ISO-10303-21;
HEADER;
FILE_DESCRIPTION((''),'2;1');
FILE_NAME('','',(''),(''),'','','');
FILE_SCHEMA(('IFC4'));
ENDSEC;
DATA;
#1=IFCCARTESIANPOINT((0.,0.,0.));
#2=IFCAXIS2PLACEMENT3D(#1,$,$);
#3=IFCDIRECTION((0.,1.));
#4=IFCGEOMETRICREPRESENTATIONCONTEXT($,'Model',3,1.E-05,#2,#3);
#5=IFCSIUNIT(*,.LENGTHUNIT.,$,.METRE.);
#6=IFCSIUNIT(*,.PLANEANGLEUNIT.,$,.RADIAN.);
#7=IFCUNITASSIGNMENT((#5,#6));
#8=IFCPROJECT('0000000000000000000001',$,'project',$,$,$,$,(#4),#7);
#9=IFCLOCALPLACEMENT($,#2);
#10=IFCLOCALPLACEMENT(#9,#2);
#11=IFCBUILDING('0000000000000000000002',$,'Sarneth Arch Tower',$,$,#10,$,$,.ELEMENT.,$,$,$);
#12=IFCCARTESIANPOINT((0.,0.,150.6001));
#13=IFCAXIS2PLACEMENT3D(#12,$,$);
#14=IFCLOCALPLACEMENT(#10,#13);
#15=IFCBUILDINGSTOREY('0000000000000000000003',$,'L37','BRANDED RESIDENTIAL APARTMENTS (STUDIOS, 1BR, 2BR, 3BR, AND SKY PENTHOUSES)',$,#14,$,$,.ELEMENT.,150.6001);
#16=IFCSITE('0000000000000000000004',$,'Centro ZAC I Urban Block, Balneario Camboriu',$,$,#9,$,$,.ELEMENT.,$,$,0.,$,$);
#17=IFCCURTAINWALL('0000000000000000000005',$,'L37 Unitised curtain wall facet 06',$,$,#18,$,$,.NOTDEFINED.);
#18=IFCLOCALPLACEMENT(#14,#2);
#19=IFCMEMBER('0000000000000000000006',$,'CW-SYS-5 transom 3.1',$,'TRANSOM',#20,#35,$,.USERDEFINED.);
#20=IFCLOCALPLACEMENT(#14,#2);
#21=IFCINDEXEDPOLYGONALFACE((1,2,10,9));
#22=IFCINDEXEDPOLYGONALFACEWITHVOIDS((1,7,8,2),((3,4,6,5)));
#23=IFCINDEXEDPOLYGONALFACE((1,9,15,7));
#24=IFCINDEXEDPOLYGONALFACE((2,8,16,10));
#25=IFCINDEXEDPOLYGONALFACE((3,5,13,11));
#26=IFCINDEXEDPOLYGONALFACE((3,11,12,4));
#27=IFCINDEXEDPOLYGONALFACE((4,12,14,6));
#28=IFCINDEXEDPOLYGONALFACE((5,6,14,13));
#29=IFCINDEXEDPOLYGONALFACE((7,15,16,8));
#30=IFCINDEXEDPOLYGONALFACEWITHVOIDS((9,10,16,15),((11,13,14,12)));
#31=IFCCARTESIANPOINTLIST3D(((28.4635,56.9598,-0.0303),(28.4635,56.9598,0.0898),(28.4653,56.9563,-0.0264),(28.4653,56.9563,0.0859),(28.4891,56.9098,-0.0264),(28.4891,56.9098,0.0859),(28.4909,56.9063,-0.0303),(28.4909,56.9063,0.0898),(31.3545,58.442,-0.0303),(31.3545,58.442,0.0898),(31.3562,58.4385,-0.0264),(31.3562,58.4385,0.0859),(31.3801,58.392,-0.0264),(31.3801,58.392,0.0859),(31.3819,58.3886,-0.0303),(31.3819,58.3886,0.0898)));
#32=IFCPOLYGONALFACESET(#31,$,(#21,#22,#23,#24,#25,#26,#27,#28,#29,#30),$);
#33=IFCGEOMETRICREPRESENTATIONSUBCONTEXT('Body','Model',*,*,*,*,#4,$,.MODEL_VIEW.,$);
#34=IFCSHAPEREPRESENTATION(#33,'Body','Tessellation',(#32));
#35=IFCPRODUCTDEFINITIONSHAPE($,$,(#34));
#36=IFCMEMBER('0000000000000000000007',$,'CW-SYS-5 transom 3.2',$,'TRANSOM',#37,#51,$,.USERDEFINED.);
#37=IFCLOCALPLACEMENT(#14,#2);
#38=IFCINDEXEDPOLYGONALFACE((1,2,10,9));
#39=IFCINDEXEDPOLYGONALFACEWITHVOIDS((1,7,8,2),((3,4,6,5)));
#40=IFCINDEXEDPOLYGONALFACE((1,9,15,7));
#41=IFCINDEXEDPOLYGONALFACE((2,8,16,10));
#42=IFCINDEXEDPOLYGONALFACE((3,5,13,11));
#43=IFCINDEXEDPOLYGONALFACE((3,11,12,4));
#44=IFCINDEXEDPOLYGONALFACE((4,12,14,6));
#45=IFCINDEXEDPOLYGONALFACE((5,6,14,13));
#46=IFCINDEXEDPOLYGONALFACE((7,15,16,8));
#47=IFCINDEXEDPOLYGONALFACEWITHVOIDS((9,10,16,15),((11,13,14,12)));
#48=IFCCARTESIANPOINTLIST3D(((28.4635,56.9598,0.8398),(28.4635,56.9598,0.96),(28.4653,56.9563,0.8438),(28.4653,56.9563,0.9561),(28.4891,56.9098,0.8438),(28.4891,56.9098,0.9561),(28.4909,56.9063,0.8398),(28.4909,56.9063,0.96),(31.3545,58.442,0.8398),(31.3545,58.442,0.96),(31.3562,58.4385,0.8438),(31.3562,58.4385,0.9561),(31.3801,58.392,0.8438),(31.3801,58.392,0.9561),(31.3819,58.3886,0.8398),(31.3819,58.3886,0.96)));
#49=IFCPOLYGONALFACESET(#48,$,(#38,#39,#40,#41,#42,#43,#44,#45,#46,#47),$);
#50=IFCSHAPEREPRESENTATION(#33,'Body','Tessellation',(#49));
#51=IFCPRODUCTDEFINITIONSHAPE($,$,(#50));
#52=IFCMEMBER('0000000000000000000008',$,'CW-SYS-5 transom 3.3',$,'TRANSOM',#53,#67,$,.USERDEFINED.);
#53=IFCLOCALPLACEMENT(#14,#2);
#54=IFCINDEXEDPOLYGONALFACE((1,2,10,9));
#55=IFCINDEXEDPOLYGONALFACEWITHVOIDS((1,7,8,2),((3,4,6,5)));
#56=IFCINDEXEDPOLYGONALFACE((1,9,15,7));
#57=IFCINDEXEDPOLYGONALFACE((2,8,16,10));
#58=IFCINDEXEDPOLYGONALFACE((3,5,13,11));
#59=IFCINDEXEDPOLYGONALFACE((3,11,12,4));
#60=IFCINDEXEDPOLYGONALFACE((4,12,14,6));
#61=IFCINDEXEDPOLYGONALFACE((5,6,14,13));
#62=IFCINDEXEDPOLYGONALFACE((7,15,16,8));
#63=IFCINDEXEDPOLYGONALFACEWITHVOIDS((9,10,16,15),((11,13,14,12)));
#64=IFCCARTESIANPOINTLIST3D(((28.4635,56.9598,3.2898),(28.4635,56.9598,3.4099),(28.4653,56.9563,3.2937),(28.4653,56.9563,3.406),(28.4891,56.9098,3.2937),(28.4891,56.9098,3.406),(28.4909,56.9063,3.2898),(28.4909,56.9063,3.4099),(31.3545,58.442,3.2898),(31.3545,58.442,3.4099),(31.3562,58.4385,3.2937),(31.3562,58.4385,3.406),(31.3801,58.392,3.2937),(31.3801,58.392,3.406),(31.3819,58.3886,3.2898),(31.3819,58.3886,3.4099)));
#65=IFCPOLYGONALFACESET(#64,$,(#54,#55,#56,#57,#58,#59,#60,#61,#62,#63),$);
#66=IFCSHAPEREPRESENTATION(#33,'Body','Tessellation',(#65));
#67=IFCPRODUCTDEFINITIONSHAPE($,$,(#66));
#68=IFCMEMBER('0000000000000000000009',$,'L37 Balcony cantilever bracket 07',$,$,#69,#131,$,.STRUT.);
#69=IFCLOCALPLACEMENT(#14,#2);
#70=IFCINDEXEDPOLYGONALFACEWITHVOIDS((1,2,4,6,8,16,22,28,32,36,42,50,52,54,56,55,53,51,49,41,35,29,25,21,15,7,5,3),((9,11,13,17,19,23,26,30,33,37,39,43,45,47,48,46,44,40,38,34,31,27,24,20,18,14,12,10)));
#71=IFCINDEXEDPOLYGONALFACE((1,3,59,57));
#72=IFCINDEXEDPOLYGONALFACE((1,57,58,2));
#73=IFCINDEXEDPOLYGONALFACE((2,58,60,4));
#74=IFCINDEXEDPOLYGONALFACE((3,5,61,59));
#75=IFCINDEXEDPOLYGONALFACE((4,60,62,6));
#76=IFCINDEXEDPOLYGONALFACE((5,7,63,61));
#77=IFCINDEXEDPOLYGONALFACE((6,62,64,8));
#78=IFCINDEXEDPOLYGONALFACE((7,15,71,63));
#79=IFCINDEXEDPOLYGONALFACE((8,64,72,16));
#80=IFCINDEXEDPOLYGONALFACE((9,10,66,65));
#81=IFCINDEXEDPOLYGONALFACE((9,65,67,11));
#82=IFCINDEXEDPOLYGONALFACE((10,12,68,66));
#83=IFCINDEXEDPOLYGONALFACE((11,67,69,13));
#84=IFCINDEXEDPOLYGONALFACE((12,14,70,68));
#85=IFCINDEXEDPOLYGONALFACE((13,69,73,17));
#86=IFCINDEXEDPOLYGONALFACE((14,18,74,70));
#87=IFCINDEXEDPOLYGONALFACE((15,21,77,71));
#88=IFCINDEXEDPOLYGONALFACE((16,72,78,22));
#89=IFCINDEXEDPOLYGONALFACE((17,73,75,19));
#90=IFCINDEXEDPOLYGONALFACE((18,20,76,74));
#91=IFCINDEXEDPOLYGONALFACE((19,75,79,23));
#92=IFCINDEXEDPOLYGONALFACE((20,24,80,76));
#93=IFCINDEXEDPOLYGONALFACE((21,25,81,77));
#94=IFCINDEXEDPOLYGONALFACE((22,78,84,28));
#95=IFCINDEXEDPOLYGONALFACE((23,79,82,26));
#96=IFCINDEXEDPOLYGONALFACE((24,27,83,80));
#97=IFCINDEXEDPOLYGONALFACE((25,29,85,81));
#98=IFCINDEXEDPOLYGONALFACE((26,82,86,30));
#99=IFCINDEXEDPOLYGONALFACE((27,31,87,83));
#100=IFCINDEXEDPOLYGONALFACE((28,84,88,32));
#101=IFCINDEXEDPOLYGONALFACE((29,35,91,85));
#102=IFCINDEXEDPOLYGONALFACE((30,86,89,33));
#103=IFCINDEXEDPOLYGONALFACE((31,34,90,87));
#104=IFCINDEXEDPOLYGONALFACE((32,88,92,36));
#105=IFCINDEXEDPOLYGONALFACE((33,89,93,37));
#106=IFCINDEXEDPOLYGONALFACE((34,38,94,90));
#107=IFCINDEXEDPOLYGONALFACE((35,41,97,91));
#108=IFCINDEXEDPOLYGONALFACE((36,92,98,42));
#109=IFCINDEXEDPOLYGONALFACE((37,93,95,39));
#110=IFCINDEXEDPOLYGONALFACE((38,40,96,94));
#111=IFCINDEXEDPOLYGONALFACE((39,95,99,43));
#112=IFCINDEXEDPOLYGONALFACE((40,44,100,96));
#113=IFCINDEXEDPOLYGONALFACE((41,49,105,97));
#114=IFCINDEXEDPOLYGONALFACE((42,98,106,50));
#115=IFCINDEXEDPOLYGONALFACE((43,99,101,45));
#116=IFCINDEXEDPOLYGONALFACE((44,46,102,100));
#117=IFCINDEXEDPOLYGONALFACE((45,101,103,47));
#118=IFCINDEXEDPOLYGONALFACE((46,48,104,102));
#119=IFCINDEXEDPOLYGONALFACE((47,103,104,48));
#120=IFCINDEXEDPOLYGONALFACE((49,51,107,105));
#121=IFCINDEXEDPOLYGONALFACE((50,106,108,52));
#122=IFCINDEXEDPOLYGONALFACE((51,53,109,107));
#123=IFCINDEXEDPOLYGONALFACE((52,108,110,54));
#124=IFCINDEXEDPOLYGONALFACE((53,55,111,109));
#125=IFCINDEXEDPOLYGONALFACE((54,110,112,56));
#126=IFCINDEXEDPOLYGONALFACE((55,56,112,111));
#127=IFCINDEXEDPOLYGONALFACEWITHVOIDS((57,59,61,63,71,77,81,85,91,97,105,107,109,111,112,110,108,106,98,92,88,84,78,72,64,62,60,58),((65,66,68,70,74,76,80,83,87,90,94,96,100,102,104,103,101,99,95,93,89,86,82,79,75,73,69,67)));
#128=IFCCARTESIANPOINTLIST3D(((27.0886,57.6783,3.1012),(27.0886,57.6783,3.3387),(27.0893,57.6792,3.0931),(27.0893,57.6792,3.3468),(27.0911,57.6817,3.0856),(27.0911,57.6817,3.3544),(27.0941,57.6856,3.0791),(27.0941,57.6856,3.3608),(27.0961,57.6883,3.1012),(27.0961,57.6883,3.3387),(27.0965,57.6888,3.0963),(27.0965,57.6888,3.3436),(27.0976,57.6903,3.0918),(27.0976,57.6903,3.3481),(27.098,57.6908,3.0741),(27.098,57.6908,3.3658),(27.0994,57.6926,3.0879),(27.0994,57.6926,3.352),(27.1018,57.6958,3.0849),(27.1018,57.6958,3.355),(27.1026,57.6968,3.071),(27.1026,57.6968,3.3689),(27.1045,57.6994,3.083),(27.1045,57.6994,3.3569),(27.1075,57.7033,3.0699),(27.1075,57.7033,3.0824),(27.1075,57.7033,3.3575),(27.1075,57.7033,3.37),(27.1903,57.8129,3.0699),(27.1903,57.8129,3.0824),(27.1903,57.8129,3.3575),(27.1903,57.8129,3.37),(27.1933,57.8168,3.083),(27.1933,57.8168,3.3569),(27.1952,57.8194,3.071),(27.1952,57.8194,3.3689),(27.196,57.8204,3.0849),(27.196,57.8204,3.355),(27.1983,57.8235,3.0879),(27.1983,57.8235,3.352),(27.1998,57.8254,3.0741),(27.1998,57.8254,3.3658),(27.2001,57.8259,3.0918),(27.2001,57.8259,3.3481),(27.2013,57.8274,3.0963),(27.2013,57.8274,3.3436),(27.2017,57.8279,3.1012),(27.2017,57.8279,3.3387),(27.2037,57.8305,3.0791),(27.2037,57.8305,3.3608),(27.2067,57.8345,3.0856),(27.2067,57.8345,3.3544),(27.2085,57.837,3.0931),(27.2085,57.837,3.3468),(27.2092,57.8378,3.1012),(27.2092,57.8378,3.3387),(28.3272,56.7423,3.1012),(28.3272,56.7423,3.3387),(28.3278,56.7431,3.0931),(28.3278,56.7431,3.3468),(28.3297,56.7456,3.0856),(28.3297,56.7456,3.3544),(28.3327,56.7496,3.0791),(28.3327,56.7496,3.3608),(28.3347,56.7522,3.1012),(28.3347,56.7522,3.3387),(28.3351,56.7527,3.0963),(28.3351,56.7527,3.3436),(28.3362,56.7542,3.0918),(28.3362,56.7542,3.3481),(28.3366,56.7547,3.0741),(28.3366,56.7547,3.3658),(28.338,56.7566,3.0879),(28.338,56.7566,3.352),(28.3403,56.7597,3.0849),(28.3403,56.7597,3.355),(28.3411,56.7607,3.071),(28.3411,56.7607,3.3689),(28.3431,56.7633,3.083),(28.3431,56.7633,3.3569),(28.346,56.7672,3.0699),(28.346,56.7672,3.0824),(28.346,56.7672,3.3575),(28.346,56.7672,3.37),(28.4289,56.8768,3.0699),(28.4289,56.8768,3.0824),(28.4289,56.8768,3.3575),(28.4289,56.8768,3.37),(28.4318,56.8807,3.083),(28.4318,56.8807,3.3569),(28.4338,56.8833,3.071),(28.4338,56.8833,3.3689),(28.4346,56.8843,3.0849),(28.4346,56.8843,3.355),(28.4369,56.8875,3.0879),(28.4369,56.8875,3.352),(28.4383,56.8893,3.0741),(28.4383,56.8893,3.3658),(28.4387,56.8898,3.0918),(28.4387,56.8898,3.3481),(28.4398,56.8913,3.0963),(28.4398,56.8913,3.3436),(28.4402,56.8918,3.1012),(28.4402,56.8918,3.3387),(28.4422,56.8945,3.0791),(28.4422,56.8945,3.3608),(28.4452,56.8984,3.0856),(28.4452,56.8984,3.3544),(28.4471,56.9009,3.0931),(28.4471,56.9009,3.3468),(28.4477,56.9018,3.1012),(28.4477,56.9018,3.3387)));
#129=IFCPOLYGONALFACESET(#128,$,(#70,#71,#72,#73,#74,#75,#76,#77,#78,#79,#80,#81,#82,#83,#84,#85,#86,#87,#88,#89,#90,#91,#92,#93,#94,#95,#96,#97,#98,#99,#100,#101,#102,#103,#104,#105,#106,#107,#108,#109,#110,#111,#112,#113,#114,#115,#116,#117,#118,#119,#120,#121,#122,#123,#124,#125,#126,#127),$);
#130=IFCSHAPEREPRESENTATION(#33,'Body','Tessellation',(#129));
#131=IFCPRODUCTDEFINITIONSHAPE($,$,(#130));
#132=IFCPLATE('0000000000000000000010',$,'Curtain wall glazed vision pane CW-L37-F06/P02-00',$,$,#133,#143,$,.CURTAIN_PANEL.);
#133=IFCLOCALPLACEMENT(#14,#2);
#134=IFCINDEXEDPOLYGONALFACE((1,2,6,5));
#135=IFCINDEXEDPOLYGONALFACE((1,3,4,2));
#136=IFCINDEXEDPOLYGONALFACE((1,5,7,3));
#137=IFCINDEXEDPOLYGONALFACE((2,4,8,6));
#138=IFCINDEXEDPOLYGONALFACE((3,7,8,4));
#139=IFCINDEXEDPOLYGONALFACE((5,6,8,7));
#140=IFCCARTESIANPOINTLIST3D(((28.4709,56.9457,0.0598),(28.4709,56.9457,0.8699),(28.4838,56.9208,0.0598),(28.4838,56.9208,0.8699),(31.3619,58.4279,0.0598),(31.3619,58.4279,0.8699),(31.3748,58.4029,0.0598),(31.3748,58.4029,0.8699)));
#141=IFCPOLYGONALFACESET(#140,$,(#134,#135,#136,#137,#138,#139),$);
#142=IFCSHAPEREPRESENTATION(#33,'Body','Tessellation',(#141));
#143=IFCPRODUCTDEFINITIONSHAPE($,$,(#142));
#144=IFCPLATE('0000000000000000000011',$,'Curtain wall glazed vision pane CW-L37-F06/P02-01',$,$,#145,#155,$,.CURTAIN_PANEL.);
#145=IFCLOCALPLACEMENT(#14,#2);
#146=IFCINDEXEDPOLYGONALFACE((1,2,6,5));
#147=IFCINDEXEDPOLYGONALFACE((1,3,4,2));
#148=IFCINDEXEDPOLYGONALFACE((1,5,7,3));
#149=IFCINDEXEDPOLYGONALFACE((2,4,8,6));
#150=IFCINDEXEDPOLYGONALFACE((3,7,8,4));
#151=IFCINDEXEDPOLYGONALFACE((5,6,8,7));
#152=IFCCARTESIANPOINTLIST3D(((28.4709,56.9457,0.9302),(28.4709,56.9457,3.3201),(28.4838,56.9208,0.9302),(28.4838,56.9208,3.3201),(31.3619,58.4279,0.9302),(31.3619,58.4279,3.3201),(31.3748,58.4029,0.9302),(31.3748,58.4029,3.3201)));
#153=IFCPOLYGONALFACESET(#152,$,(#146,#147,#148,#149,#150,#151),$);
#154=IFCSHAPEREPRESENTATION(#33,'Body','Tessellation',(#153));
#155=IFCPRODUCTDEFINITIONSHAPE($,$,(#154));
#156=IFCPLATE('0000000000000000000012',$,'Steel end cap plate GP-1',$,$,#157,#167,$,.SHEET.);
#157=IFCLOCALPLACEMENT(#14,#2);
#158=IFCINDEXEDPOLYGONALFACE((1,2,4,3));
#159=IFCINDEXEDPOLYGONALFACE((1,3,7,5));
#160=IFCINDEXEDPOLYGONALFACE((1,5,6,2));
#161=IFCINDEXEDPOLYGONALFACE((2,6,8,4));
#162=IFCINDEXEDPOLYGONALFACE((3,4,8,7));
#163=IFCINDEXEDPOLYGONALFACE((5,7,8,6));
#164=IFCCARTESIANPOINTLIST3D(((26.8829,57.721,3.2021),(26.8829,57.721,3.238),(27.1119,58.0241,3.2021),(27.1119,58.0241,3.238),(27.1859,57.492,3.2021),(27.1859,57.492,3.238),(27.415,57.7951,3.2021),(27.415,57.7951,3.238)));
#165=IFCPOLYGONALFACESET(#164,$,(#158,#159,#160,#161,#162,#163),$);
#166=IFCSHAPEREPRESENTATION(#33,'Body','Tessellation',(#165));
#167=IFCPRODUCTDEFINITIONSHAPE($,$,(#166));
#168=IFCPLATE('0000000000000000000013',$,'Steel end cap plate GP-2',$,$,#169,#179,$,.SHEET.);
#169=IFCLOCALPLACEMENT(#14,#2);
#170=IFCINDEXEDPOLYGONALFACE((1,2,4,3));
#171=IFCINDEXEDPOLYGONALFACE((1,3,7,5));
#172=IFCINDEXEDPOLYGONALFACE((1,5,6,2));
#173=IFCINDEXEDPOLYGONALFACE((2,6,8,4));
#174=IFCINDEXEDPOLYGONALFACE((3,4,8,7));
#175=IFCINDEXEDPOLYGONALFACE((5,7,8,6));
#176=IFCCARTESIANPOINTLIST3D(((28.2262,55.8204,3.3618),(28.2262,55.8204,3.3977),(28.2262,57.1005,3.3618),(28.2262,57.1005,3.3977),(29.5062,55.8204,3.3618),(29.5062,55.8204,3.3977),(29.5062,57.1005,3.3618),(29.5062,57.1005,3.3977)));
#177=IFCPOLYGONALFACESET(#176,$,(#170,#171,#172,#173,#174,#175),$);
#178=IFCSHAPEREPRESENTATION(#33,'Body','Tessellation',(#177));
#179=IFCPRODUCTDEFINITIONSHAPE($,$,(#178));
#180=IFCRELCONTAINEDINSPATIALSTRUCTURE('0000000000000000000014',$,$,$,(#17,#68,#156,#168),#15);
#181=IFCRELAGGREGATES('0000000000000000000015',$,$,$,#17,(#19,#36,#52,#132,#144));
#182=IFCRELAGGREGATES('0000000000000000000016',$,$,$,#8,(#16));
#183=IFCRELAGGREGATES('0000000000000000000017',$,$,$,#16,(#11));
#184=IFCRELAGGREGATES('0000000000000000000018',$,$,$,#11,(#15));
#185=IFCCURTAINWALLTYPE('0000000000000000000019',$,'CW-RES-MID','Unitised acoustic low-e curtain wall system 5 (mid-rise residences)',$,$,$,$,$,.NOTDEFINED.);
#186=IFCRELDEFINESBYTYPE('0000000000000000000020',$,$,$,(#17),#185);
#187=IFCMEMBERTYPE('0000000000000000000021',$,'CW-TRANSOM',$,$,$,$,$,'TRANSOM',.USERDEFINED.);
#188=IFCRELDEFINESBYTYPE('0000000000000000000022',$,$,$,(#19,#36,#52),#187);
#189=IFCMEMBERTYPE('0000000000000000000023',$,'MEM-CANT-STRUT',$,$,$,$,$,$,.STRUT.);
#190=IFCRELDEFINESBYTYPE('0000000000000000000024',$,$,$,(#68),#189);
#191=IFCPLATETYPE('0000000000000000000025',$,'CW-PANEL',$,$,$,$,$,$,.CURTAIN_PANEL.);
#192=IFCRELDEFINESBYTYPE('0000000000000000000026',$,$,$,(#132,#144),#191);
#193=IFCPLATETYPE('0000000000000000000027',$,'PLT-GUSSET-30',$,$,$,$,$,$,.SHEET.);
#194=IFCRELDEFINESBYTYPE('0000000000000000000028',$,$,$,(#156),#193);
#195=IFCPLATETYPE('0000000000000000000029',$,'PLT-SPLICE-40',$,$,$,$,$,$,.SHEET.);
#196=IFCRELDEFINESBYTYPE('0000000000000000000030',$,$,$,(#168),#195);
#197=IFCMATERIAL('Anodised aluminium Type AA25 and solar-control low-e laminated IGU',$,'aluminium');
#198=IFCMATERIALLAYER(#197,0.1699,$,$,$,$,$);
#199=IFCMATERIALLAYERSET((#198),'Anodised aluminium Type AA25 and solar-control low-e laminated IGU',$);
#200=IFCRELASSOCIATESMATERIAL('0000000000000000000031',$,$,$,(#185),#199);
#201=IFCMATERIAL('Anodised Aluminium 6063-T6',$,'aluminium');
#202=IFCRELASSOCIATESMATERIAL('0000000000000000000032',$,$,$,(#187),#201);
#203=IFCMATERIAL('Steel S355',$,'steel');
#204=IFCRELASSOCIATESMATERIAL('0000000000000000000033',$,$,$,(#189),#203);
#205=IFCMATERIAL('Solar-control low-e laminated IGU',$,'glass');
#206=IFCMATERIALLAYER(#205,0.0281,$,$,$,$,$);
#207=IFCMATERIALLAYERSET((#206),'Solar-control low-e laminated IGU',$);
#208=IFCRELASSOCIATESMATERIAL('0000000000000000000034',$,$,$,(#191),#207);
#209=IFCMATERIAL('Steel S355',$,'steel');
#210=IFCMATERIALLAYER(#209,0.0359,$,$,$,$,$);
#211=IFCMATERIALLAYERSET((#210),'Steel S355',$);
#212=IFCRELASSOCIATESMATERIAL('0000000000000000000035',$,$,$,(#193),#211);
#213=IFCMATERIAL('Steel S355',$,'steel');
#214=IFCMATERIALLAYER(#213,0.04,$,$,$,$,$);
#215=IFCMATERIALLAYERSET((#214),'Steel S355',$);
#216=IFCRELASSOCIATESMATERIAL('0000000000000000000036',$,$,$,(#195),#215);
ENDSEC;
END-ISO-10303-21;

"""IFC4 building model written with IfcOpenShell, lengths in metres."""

from ifc_helpers import new_model, si_unit, direction, frame, origin, origin_2d, place, context, subcontext, project, spatial, rectangle, hollow_rectangle, extrude, material, layer, layer_set, material_profile, profile_set, type_object, element, aggregate, save


model = new_model("IFC4")

# Units and contexts
model_context = context("Model", 3, precision=1e-05, world=origin(), true_north=direction((0.0, 1.0)))
body_context = subcontext(model_context, "Body", "Model", "MODEL_VIEW")
ifc_project = project(units=[si_unit("LENGTHUNIT", "METRE"), si_unit("PLANEANGLEUNIT", "RADIAN")], contexts=[model_context])

# Site, building, storey
site_placement = place(None, origin())
site = spatial("IfcSite", under=ifc_project, at=site_placement, Name="Centro ZAC I Urban Block, Balneario Camboriu", CompositionType="ELEMENT", RefElevation=0.0)
building_placement = place(site_placement, origin())
building = spatial("IfcBuilding", under=site, at=building_placement, Name="Sarneth Arch Tower", CompositionType="ELEMENT")
storey_placement = place(building_placement, frame((0.0, 0.0, 150.6001)))
storey = spatial("IfcBuildingStorey", under=building, at=storey_placement, Name="L37", Description="BRANDED RESIDENTIAL APARTMENTS (STUDIOS, 1BR, 2BR, 3BR, AND SKY PENTHOUSES)", CompositionType="ELEMENT", Elevation=150.6001)

# Curtain wall, members
ifc_material_1 = material(Name="Anodised aluminium Type AA25 and solar-control low-e laminated IGU", Category="aluminium")
ifc_layer_1 = layer(ifc_material_1, 0.1699)
ifc_layer_set_1 = layer_set([ifc_layer_1], Name="Anodised aluminium Type AA25 and solar-control low-e laminated IGU")
curtain_wall_type = type_object("IfcCurtainWallType", Name="CW-RES-MID", Description="Unitised acoustic low-e curtain wall system 5 (mid-rise residences)", PredefinedType="NOTDEFINED", material=ifc_layer_set_1)
curtain_wall_placement = place(storey_placement, origin())
curtain_wall = element("IfcCurtainWall", 1, at=curtain_wall_placement, inside=storey, type_object=curtain_wall_type, Name="L37 Unitised curtain wall facet 06", PredefinedType="NOTDEFINED")
ifc_material_2 = material(Name="Anodised Aluminium 6063-T6", Category="aluminium")
ifc_material_profile_1 = material_profile(ifc_material_2, hollow_rectangle(XDim=0.0601, YDim=0.1201, WallThickness=0.0039, at=origin_2d()), Name="AL-TRAN-120x60x4")
ifc_profile_set_1 = profile_set([ifc_material_profile_1], Name="Anodised Aluminium 6063-T6")
member_type_1 = type_object("IfcMemberType", Name="CW-TRANSOM", ElementType="TRANSOM", PredefinedType="USERDEFINED", material=ifc_profile_set_1)
member_1_placement = place(storey_placement, frame((31.3682, 58.4153, 0.0298), z_axis=(-0.889857, -0.456239, 0.0), x_axis=(0.456239, -0.889857, 0.0)))
member_1 = element("IfcMember", 2, at=member_1_placement, type_object=member_type_1, Name="CW-SYS-5 transom 3.1", ObjectType="TRANSOM", PredefinedType="USERDEFINED", context=body_context, shape_type="SweptSolid", body=[
    extrude(hollow_rectangle(XDim=0.0601, YDim=0.1201, WallThickness=0.0039, at=origin_2d()), origin(), (0.0, 0.0, 1.0), 3.2488),
])
member_2_placement = place(storey_placement, frame((31.3682, 58.4153, 0.8999), z_axis=(-0.889857, -0.456239, 0.0), x_axis=(0.456239, -0.889857, 0.0)))
member_2 = element("IfcMember", 3, at=member_2_placement, type_object=member_type_1, Name="CW-SYS-5 transom 3.2", ObjectType="TRANSOM", PredefinedType="USERDEFINED", context=body_context, shape_type="SweptSolid", body=[
    extrude(hollow_rectangle(XDim=0.0601, YDim=0.1201, WallThickness=0.0039, at=origin_2d()), origin(), (0.0, 0.0, 1.0), 3.2488),
])
member_3_placement = place(storey_placement, frame((31.3682, 58.4153, 3.3499), z_axis=(-0.889857, -0.456239, 0.0), x_axis=(0.456239, -0.889857, 0.0)))
member_3 = element("IfcMember", 4, at=member_3_placement, type_object=member_type_1, Name="CW-SYS-5 transom 3.3", ObjectType="TRANSOM", PredefinedType="USERDEFINED", context=body_context, shape_type="SweptSolid", body=[
    extrude(hollow_rectangle(XDim=0.0601, YDim=0.1201, WallThickness=0.0039, at=origin_2d()), origin(), (0.0, 0.0, 1.0), 3.2488),
])

# Member
ifc_material_3 = material(Name="Steel S355", Category="steel")
ifc_material_profile_2 = material_profile(ifc_material_3, hollow_rectangle(XDim=0.2, YDim=0.3, WallThickness=0.0125, InnerFilletRadius=0.0188, OuterFilletRadius=0.0312, at=origin_2d()), Name="RHS300x200x12.5")
ifc_profile_set_2 = profile_set([ifc_material_profile_2], Name="Steel S355")
member_type_2 = type_object("IfcMemberType", Name="MEM-CANT-STRUT", PredefinedType="STRUT", material=ifc_profile_set_2)
member_4_placement = place(storey_placement, frame((28.3875, 56.822, 3.22), z_axis=(-0.797787, 0.60294, 0.0), x_axis=(-0.60294, -0.797787, 0.0)))
element("IfcMember", 5, at=member_4_placement, inside=storey, type_object=member_type_2, Name="L37 Balcony cantilever bracket 07", PredefinedType="STRUT", context=body_context, shape_type="SweptSolid", body=[
    extrude(hollow_rectangle(XDim=0.2, YDim=0.3, WallThickness=0.0125, InnerFilletRadius=0.0188, OuterFilletRadius=0.0312, at=origin_2d()), origin(), (0.0, 0.0, 1.0), 1.5525),
])

# Plates
ifc_material_4 = material(Name="Solar-control low-e laminated IGU", Category="glass")
ifc_layer_2 = layer(ifc_material_4, 0.0281)
ifc_layer_set_2 = layer_set([ifc_layer_2], Name="Solar-control low-e laminated IGU")
plate_type_1 = type_object("IfcPlateType", Name="CW-PANEL", PredefinedType="CURTAIN_PANEL", material=ifc_layer_set_2)
plate_1_placement = place(storey_placement, frame((29.9229, 57.6743, 0.0598), z_axis=(0.0, 0.0, 1.0), x_axis=(-0.889873, -0.456208, 0.0)))
plate_1 = element("IfcPlate", 6, at=plate_1_placement, type_object=plate_type_1, Name="Curtain wall glazed vision pane CW-L37-F06/P02-00", PredefinedType="CURTAIN_PANEL", context=body_context, shape_type="SweptSolid", body=[
    extrude(rectangle(XDim=3.2488, YDim=0.0281, at=origin_2d()), origin(), (0.0, 0.0, 1.0), 0.8101),
])
plate_2_placement = place(storey_placement, frame((29.9229, 57.6743, 0.9302), z_axis=(0.0, 0.0, 1.0), x_axis=(-0.889873, -0.456208, 0.0)))
plate_2 = element("IfcPlate", 7, at=plate_2_placement, type_object=plate_type_1, Name="Curtain wall glazed vision pane CW-L37-F06/P02-01", PredefinedType="CURTAIN_PANEL", context=body_context, shape_type="SweptSolid", body=[
    extrude(rectangle(XDim=3.2488, YDim=0.0281, at=origin_2d()), origin(), (0.0, 0.0, 1.0), 2.3899),
])
aggregate(curtain_wall, [member_1, member_2, member_3, plate_1, plate_2])

# Plates
ifc_material_5 = material(Name="Steel S355", Category="steel")
ifc_layer_3 = layer(ifc_material_5, 0.0359)
ifc_layer_set_3 = layer_set([ifc_layer_3], Name="Steel S355")
plate_type_2 = type_object("IfcPlateType", Name="PLT-GUSSET-30", PredefinedType="SHEET", material=ifc_layer_set_3)
plate_3_placement = place(storey_placement, frame((27.1489, 57.7581, 3.2021), z_axis=(0.0, 0.0, 1.0), x_axis=(-0.797794, 0.60293, 0.0)))
element("IfcPlate", 8, at=plate_3_placement, inside=storey, type_object=plate_type_2, Name="Steel end cap plate GP-1", PredefinedType="SHEET", context=body_context, shape_type="SweptSolid", body=[
    extrude(rectangle(XDim=0.3799, YDim=0.3799, at=origin_2d()), origin(), (0.0, 0.0, 1.0), 0.0359),
])
ifc_material_6 = material(Name="Steel S355", Category="steel")
ifc_layer_4 = layer(ifc_material_6, 0.04)
ifc_layer_set_4 = layer_set([ifc_layer_4], Name="Steel S355")
plate_type_3 = type_object("IfcPlateType", Name="PLT-SPLICE-40", PredefinedType="SHEET", material=ifc_layer_set_4)
plate_4_placement = place(storey_placement, frame((28.8662, 56.4604, 3.3618), z_axis=(0.0, 0.0, 1.0), x_axis=(1.0, 0.0, 0.0)))
element("IfcPlate", 9, at=plate_4_placement, inside=storey, type_object=plate_type_3, Name="Steel end cap plate GP-2", PredefinedType="SHEET", context=body_context, shape_type="SweptSolid", body=[
    extrude(rectangle(XDim=1.28, YDim=1.28, at=origin_2d()), origin(), (0.0, 0.0, 1.0), 0.0359),
])

save(model, "model.ifc")
